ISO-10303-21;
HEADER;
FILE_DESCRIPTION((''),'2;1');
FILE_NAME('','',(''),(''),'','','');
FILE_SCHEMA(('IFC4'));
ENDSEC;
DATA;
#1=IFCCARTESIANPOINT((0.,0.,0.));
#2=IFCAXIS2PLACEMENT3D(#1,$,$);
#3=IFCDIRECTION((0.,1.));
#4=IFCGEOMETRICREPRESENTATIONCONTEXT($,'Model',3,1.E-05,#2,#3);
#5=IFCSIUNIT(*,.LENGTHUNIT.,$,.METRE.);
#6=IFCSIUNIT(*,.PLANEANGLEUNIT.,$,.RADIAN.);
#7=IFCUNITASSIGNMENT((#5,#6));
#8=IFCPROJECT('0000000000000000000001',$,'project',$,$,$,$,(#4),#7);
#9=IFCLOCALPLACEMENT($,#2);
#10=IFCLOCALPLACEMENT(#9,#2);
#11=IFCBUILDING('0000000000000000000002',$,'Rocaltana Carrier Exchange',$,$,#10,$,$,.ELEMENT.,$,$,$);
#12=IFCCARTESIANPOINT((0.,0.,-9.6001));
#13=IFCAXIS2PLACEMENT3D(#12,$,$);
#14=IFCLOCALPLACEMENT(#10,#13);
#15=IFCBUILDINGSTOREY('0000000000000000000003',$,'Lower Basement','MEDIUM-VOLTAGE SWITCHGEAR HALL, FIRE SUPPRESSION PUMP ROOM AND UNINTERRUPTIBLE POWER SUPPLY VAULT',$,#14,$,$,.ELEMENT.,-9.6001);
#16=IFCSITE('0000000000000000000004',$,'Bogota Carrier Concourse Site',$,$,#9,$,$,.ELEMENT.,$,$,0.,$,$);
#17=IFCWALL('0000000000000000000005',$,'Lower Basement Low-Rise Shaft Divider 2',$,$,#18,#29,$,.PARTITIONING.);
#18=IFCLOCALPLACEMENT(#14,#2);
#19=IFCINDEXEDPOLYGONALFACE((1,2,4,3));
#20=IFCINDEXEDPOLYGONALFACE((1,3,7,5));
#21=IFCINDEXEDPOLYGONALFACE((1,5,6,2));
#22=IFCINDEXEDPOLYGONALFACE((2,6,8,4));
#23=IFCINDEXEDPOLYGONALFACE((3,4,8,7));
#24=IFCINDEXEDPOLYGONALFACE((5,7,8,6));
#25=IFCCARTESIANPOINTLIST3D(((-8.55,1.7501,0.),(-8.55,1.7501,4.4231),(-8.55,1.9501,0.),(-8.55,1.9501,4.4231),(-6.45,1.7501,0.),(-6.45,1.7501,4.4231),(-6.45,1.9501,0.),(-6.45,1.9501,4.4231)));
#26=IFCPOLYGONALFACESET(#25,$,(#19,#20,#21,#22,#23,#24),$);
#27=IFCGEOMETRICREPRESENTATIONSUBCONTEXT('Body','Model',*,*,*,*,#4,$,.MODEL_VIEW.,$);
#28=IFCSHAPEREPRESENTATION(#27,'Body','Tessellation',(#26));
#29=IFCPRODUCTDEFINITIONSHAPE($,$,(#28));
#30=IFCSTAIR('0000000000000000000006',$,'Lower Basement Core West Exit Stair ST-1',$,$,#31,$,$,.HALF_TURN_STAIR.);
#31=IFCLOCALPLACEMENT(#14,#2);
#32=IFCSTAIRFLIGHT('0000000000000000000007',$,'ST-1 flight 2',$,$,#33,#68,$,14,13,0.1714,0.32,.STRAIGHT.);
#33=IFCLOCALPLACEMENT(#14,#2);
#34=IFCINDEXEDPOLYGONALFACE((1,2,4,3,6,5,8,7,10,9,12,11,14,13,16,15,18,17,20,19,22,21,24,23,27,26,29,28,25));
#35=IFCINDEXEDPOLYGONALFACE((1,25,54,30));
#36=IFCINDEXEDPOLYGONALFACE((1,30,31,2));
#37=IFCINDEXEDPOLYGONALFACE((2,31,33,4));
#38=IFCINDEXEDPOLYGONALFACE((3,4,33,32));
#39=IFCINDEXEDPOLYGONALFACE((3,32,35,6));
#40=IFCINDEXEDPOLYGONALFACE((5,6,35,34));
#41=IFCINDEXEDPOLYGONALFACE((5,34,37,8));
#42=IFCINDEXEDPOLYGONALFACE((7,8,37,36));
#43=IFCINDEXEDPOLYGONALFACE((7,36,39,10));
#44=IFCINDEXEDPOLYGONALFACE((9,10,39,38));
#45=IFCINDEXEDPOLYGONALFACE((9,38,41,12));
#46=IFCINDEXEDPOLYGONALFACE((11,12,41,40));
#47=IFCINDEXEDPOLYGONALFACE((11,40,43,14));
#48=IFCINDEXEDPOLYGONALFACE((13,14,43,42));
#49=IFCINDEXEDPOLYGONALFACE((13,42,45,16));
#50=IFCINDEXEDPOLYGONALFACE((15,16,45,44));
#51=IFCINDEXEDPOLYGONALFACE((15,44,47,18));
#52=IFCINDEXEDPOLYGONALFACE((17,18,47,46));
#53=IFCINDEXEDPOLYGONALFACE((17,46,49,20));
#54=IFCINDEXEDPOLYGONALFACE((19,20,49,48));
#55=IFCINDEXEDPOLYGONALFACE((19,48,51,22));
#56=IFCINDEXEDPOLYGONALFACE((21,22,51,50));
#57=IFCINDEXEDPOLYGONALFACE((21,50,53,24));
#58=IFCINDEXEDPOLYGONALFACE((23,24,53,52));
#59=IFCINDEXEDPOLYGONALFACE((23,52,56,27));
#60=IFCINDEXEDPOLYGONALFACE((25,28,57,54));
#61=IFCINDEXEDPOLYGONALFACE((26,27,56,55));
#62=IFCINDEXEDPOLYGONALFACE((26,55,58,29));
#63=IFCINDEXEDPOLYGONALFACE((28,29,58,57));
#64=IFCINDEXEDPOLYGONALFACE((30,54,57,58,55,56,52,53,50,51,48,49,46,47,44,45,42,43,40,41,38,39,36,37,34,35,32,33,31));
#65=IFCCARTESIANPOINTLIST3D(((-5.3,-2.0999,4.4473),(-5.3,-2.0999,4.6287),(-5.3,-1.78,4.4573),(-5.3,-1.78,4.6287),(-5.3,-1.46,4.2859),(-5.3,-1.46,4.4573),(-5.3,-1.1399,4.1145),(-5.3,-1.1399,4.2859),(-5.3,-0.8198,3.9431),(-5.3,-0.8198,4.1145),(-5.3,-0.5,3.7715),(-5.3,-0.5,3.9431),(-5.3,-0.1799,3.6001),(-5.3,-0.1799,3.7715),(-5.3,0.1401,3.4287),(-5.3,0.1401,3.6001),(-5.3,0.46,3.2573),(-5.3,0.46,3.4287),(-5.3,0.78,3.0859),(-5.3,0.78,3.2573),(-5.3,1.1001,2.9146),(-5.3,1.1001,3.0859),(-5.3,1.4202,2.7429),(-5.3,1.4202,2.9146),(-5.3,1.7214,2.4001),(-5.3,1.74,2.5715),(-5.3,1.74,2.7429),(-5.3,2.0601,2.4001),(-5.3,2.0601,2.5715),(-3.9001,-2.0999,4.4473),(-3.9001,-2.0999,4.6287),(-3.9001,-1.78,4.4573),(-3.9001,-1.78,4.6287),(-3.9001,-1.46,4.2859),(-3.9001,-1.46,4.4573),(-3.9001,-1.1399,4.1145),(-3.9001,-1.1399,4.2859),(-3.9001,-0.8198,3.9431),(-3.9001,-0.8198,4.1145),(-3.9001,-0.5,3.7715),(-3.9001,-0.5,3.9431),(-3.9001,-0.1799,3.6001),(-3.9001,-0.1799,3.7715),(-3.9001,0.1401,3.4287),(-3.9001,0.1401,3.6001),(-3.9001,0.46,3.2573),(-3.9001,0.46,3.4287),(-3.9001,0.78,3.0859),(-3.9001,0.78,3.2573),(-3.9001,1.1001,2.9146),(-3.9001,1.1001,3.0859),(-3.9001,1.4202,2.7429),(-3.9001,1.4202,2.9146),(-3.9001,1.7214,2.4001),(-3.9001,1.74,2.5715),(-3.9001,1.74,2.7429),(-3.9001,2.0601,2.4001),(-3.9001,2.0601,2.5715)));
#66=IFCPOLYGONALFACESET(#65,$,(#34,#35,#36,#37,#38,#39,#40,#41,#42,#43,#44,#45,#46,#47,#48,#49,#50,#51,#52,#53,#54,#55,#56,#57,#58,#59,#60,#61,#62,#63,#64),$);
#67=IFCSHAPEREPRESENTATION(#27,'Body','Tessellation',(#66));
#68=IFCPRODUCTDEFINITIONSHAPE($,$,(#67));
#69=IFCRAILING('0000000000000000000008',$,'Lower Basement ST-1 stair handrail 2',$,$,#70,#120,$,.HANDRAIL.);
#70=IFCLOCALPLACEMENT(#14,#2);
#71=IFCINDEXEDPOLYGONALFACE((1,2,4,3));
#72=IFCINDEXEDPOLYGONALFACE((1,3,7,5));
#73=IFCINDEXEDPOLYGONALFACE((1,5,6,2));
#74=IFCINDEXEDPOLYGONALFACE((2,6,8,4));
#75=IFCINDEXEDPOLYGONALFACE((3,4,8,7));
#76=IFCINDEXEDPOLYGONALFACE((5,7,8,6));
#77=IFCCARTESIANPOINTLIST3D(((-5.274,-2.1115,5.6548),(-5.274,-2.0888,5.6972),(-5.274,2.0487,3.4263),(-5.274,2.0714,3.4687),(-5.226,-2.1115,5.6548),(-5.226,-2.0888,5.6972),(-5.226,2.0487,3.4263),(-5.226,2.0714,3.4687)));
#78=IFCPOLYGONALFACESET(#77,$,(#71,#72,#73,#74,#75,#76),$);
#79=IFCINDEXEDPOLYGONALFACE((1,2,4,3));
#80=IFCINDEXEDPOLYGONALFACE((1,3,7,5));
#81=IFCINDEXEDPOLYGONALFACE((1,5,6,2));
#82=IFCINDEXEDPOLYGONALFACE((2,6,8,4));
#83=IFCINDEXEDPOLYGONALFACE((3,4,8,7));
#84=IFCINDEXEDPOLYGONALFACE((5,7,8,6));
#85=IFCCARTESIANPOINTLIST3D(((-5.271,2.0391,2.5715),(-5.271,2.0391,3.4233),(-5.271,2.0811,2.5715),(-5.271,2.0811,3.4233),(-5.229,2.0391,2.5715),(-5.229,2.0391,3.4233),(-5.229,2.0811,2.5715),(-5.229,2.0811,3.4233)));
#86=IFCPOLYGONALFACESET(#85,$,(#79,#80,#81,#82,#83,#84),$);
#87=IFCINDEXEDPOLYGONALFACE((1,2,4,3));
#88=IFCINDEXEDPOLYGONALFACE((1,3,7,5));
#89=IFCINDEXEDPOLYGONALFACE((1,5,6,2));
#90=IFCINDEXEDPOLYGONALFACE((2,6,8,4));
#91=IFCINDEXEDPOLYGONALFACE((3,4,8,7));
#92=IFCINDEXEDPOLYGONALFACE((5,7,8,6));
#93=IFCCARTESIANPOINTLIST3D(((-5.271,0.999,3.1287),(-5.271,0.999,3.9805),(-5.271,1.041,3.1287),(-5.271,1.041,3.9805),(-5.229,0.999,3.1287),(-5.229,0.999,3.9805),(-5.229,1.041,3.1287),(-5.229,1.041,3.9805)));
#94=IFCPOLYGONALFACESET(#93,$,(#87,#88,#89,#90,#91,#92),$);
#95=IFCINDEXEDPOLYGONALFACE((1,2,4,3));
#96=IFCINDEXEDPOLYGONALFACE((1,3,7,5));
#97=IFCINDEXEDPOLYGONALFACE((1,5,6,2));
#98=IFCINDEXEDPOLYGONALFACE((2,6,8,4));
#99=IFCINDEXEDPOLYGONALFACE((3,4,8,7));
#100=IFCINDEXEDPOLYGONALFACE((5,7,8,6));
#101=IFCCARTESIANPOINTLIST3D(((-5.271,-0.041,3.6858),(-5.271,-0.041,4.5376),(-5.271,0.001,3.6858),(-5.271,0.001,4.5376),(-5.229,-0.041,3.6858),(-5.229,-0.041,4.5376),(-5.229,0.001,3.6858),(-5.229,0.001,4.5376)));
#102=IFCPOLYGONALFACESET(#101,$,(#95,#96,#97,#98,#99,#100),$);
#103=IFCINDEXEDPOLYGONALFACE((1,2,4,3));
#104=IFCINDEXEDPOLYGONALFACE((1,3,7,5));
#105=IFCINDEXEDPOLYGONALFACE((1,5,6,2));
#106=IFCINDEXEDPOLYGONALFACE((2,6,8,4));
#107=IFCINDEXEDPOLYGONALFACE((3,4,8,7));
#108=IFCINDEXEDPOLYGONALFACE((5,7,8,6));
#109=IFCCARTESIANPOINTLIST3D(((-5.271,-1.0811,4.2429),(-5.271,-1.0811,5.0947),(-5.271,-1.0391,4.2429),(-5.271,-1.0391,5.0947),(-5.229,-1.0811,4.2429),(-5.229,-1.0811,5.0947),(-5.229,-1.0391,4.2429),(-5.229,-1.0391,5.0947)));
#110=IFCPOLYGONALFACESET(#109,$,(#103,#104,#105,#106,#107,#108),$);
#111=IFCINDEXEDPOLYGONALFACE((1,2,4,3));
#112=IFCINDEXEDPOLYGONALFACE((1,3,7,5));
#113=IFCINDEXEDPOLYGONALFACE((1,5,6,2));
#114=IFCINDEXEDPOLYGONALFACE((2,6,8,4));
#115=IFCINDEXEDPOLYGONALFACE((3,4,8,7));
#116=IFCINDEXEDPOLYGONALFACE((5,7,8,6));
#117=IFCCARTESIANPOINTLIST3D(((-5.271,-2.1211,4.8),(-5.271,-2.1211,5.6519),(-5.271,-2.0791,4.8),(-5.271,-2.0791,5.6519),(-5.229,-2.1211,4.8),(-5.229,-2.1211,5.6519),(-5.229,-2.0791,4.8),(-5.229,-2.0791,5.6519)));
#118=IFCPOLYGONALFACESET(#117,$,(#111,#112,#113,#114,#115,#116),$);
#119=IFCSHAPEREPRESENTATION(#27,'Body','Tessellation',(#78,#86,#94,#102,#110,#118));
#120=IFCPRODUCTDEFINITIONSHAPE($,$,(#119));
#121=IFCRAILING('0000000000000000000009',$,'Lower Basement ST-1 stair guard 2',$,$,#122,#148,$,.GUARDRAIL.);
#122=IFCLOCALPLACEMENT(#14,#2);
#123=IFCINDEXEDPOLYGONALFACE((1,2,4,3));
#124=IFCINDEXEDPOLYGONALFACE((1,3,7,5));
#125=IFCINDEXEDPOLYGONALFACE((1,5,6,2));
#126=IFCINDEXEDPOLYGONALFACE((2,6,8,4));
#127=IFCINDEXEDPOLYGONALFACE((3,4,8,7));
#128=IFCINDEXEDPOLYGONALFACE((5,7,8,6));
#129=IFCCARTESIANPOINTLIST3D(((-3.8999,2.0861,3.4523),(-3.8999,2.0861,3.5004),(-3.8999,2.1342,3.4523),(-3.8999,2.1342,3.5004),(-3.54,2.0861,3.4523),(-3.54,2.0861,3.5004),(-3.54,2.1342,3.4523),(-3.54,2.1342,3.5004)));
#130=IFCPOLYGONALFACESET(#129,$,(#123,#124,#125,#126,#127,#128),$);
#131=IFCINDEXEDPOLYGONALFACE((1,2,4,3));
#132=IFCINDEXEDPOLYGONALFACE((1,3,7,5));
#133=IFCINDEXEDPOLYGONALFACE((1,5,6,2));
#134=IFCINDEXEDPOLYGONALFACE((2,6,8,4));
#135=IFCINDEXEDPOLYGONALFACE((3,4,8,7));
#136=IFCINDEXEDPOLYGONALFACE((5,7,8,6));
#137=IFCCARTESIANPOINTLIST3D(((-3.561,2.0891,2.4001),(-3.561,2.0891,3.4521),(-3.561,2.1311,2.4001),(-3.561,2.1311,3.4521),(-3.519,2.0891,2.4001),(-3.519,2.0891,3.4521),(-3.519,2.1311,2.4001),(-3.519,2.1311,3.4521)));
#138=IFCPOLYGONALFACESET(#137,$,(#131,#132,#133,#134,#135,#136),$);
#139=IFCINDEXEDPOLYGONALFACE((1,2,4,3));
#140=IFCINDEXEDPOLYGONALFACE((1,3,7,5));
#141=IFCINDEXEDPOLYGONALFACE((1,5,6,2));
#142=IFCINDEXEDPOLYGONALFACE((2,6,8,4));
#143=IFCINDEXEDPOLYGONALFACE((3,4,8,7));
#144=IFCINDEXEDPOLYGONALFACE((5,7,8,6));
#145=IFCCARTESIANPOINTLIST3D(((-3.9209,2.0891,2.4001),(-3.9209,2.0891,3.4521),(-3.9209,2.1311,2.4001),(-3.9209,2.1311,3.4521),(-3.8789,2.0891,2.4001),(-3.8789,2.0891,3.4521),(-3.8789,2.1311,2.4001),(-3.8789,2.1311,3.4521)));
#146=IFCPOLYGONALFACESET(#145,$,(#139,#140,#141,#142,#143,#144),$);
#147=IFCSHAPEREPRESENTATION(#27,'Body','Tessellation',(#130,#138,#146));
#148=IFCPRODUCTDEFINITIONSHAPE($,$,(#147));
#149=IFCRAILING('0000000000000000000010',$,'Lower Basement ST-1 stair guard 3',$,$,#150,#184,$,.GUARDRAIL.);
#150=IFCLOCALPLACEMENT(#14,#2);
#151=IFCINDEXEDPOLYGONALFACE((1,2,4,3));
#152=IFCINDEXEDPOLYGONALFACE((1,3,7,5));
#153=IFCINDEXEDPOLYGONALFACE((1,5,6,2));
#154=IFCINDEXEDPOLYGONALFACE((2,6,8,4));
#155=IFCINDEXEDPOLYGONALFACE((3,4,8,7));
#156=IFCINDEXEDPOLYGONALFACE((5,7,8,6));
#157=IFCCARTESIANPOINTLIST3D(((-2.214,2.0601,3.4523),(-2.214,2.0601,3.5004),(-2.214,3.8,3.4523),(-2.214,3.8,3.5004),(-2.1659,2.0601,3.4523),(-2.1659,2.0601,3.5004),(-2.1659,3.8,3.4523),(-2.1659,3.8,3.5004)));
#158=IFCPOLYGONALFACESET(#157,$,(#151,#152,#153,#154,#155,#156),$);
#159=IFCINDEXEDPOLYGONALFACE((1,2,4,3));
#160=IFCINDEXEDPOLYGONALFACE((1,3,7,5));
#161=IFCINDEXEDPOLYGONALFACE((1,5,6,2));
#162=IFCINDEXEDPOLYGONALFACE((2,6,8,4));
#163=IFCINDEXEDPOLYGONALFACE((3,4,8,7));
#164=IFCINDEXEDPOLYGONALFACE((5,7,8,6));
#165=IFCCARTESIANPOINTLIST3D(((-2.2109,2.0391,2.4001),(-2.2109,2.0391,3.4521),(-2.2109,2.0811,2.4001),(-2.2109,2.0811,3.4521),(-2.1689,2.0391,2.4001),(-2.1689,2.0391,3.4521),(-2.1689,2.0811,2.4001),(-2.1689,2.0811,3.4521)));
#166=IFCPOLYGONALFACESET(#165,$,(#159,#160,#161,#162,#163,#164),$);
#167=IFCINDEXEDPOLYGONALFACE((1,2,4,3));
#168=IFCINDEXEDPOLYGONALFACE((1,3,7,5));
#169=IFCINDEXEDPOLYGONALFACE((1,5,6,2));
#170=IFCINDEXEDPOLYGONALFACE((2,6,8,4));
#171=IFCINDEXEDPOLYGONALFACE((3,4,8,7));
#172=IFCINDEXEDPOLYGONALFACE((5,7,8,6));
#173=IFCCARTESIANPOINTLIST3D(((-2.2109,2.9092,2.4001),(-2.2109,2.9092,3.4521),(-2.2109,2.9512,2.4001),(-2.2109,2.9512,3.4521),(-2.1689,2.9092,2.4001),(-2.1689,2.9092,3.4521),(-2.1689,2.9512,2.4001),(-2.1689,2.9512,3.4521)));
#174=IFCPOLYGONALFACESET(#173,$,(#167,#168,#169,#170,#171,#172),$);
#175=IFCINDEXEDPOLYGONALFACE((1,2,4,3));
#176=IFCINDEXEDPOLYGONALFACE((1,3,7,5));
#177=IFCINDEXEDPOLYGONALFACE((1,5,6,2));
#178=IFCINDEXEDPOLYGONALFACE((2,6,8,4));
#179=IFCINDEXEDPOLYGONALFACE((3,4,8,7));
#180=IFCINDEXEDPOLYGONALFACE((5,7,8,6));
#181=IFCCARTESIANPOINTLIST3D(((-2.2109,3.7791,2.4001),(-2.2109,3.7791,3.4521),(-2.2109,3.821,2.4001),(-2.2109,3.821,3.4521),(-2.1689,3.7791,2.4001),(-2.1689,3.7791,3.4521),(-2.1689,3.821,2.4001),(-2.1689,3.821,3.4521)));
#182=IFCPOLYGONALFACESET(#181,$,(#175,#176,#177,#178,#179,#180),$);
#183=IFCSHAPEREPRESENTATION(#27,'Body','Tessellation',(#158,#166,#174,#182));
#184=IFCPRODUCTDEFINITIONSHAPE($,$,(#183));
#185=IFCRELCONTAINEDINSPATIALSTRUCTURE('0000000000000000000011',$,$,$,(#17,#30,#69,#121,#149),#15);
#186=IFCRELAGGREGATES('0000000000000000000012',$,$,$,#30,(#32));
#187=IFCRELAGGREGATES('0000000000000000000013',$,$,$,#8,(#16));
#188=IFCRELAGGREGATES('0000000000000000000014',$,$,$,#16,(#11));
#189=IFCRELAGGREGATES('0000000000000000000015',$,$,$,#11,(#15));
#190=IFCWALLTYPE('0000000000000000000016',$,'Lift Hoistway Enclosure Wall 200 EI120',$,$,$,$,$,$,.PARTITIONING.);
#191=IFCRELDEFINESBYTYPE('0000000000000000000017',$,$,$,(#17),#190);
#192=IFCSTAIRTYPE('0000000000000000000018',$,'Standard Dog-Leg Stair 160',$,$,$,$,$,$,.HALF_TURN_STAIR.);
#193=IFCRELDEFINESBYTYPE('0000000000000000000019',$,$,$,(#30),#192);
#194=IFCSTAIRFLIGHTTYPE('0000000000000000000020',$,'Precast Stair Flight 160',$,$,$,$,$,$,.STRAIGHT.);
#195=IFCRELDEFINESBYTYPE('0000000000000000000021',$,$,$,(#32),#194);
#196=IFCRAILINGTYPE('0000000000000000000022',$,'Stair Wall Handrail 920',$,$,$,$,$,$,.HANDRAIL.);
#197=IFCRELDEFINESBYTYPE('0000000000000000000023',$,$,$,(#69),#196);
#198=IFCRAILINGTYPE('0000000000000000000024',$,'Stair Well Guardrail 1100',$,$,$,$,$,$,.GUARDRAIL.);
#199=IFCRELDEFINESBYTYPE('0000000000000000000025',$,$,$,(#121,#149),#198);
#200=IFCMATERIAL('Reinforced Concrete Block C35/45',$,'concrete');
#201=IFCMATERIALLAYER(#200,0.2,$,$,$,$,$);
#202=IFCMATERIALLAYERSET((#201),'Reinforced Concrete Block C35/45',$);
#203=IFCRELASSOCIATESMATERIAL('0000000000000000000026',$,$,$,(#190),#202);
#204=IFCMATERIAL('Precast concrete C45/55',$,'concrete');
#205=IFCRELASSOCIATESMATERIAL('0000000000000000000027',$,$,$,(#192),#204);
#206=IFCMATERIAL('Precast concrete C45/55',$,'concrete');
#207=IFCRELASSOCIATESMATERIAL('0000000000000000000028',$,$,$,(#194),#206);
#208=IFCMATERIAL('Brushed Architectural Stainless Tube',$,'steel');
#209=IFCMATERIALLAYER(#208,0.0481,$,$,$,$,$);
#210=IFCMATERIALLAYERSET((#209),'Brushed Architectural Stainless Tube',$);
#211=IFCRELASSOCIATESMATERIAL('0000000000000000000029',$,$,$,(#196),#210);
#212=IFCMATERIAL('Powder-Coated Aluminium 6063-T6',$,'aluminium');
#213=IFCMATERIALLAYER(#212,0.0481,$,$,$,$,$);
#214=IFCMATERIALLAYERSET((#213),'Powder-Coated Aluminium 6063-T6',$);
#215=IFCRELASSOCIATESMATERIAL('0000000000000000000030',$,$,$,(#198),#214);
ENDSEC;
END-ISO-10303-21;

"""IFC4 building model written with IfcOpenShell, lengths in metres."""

from ifc_helpers import new_model, si_unit, direction, frame, frame_2d, origin, origin_2d, place, context, subcontext, project, spatial, polyline, rectangle, outline, extrude, material, layer, layer_set, type_object, element, aggregate, save


model = new_model("IFC4")

# Units and contexts
model_context = context("Model", 3, precision=1e-05, world=origin(), true_north=direction((0.0, 1.0)))
body_context = subcontext(model_context, "Body", "Model", "MODEL_VIEW")
ifc_project = project(units=[si_unit("LENGTHUNIT", "METRE"), si_unit("PLANEANGLEUNIT", "RADIAN")], contexts=[model_context])

# Site, building, storey
site_placement = place(None, origin())
site = spatial("IfcSite", under=ifc_project, at=site_placement, Name="Bogota Carrier Concourse Site", CompositionType="ELEMENT", RefElevation=0.0)
building_placement = place(site_placement, origin())
building = spatial("IfcBuilding", under=site, at=building_placement, Name="Rocaltana Carrier Exchange", CompositionType="ELEMENT")
storey_placement = place(building_placement, frame((0.0, 0.0, -9.6001)))
storey = spatial("IfcBuildingStorey", under=building, at=storey_placement, Name="Lower Basement", Description="MEDIUM-VOLTAGE SWITCHGEAR HALL, FIRE SUPPRESSION PUMP ROOM AND UNINTERRUPTIBLE POWER SUPPLY VAULT", CompositionType="ELEMENT", Elevation=-9.6001)

# Wall
ifc_material_1 = material(Name="Reinforced Concrete Block C35/45", Category="concrete")
ifc_layer_1 = layer(ifc_material_1, 0.2)
ifc_layer_set_1 = layer_set([ifc_layer_1], Name="Reinforced Concrete Block C35/45")
wall_type_1 = type_object("IfcWallType", Name="Lift Hoistway Enclosure Wall 200 EI120", PredefinedType="PARTITIONING", material=ifc_layer_set_1)
wall_1_placement = place(storey_placement, frame((-8.55, 1.8501, 0.0), z_axis=(0.0, 0.0, 1.0), x_axis=(1.0, 0.0, 0.0)))
element("IfcWall", 1, at=wall_1_placement, inside=storey, type_object=wall_type_1, Name="Lower Basement Low-Rise Shaft Divider 2", PredefinedType="PARTITIONING", context=body_context, shape_type="SweptSolid", body=[
    extrude(rectangle(XDim=2.1001, YDim=0.2, at=frame_2d((1.05, 0.0))), origin(), (0.0, 0.0, 1.0), 4.4231),
])

# Stair, stair flight
ifc_material_2 = material(Name="Precast concrete C45/55", Category="concrete")
stair_type = type_object("IfcStairType", Name="Standard Dog-Leg Stair 160", PredefinedType="HALF_TURN_STAIR", material=ifc_material_2)
stair_placement = place(storey_placement, origin())
stair = element("IfcStair", 2, at=stair_placement, inside=storey, type_object=stair_type, Name="Lower Basement Core West Exit Stair ST-1", PredefinedType="HALF_TURN_STAIR")
ifc_material_3 = material(Name="Precast concrete C45/55", Category="concrete")
stair_flight_type = type_object("IfcStairFlightType", Name="Precast Stair Flight 160", PredefinedType="STRAIGHT", material=ifc_material_3)
stair_flight_placement = place(storey_placement, frame((-4.6001, 2.0601, 2.4001), z_axis=(0.0, 0.0, 1.0), x_axis=(0.0, -1.0, 0.0)))
stair_flight = element("IfcStairFlight", 3, at=stair_flight_placement, type_object=stair_flight_type, Name="ST-1 flight 2", NumberOfRisers=14, NumberOfTreads=13, PredefinedType="STRAIGHT", RiserHeight=0.1714, TreadLength=0.32, context=body_context, shape_type="SweptSolid", body=[
    extrude(outline(polyline([(0.0, 0.0), (0.0, 0.1714), (0.3201, 0.1714), (0.3201, 0.3428), (0.6399, 0.3428), (0.6399, 0.5144), (0.96, 0.5144), (0.96, 0.6858), (1.28, 0.6858), (1.28, 0.8572), (1.6001, 0.8572), (1.6001, 1.0286), (1.9199, 1.0286), (1.9199, 1.2), (2.24, 1.2), (2.24, 1.3713), (2.5601, 1.3713), (2.5601, 1.543), (2.8799, 1.543), (2.8799, 1.7144), (3.2, 1.7144), (3.2, 1.8857), (3.52, 1.8857), (3.52, 2.0571), (3.8401, 2.0571), (3.8401, 2.2285), (4.1599, 2.2285), (4.1599, 2.3999), (4.1599, 2.0471), (0.3386, 0.0), (0.0, 0.0)])), frame((0.0, 0.7, 0.0), z_axis=(0.0, -1.0, 0.0), x_axis=(1.0, 0.0, 0.0)), (0.0, 0.0, 1.0), 1.3999),
])
aggregate(stair, [stair_flight])

# Railings
ifc_material_4 = material(Name="Brushed Architectural Stainless Tube", Category="steel")
ifc_layer_2 = layer(ifc_material_4, 0.0481)
ifc_layer_set_2 = layer_set([ifc_layer_2], Name="Brushed Architectural Stainless Tube")
railing_type_1 = type_object("IfcRailingType", Name="Stair Wall Handrail 920", PredefinedType="HANDRAIL", material=ifc_layer_set_2)
railing_1_placement = place(storey_placement, frame((-5.25, 2.0601, 2.5715)))
element("IfcRailing", 4, at=railing_1_placement, inside=storey, type_object=railing_type_1, Name="Lower Basement ST-1 stair handrail 2", PredefinedType="HANDRAIL", context=body_context, shape_type="SweptSolid", body=[
    extrude(rectangle(XDim=0.0481, YDim=0.0481, at=origin_2d()), frame((0.0, 0.0, 0.876), z_axis=(0.0, -0.881492, 0.472198), x_axis=(1.0, 0.0, 0.0)), (0.0, 0.0, 1.0), 4.7195),
    extrude(rectangle(XDim=0.042, YDim=0.042, at=origin_2d()), origin(), (0.0, 0.0, 1.0), 0.8518),
    extrude(rectangle(XDim=0.042, YDim=0.042, at=origin_2d()), frame((0.0, -1.04, 0.5571)), (0.0, 0.0, 1.0), 0.8518),
    extrude(rectangle(XDim=0.042, YDim=0.042, at=origin_2d()), frame((0.0, -2.0801, 1.1143)), (0.0, 0.0, 1.0), 0.8518),
    extrude(rectangle(XDim=0.042, YDim=0.042, at=origin_2d()), frame((0.0, -3.1201, 1.6714)), (0.0, 0.0, 1.0), 0.8518),
    extrude(rectangle(XDim=0.042, YDim=0.042, at=origin_2d()), frame((0.0, -4.1602, 2.2285)), (0.0, 0.0, 1.0), 0.8518),
])
ifc_material_5 = material(Name="Powder-Coated Aluminium 6063-T6", Category="aluminium")
ifc_layer_3 = layer(ifc_material_5, 0.0481)
ifc_layer_set_3 = layer_set([ifc_layer_3], Name="Powder-Coated Aluminium 6063-T6")
railing_type_2 = type_object("IfcRailingType", Name="Stair Well Guardrail 1100", PredefinedType="GUARDRAIL", material=ifc_layer_set_3)
railing_2_placement = place(storey_placement, frame((-3.54, 2.1101, 2.4001)))
element("IfcRailing", 5, at=railing_2_placement, inside=storey, type_object=railing_type_2, Name="Lower Basement ST-1 stair guard 2", PredefinedType="GUARDRAIL", context=body_context, shape_type="SweptSolid", body=[
    extrude(rectangle(XDim=0.0481, YDim=0.0481, at=origin_2d()), frame((0.0, 0.0, 1.0762), z_axis=(-1.0, 0.0, 0.0), x_axis=(0.0, -1.0, 0.0)), (0.0, 0.0, 1.0), 0.3599),
    extrude(rectangle(XDim=0.042, YDim=0.042, at=origin_2d()), origin(), (0.0, 0.0, 1.0), 1.052),
    extrude(rectangle(XDim=0.042, YDim=0.042, at=origin_2d()), frame((-0.3599, 0.0, 0.0)), (0.0, 0.0, 1.0), 1.052),
])
for number, where, name in (
    (6, (-2.1899, 2.0601, 2.4001), "Lower Basement ST-1 stair guard 3"),
):
    element("IfcRailing", number, at=place(storey_placement, frame(where)), inside=storey, type_object=railing_type_2, Name=name, PredefinedType="GUARDRAIL", context=body_context, shape_type="SweptSolid", body=[
        extrude(rectangle(XDim=0.0481, YDim=0.0481, at=origin_2d()), frame((0.0, 0.0, 1.0762), z_axis=(0.0, 1.0, 0.0), x_axis=(-1.0, 0.0, 0.0)), (0.0, 0.0, 1.0), 1.74),
        extrude(rectangle(XDim=0.042, YDim=0.042, at=origin_2d()), origin(), (0.0, 0.0, 1.0), 1.052),
        extrude(rectangle(XDim=0.042, YDim=0.042, at=origin_2d()), frame((0.0, 0.8701, 0.0)), (0.0, 0.0, 1.0), 1.052),
        extrude(rectangle(XDim=0.042, YDim=0.042, at=origin_2d()), frame((0.0, 1.74, 0.0)), (0.0, 0.0, 1.0), 1.052),
    ])

save(model, "model.ifc")
